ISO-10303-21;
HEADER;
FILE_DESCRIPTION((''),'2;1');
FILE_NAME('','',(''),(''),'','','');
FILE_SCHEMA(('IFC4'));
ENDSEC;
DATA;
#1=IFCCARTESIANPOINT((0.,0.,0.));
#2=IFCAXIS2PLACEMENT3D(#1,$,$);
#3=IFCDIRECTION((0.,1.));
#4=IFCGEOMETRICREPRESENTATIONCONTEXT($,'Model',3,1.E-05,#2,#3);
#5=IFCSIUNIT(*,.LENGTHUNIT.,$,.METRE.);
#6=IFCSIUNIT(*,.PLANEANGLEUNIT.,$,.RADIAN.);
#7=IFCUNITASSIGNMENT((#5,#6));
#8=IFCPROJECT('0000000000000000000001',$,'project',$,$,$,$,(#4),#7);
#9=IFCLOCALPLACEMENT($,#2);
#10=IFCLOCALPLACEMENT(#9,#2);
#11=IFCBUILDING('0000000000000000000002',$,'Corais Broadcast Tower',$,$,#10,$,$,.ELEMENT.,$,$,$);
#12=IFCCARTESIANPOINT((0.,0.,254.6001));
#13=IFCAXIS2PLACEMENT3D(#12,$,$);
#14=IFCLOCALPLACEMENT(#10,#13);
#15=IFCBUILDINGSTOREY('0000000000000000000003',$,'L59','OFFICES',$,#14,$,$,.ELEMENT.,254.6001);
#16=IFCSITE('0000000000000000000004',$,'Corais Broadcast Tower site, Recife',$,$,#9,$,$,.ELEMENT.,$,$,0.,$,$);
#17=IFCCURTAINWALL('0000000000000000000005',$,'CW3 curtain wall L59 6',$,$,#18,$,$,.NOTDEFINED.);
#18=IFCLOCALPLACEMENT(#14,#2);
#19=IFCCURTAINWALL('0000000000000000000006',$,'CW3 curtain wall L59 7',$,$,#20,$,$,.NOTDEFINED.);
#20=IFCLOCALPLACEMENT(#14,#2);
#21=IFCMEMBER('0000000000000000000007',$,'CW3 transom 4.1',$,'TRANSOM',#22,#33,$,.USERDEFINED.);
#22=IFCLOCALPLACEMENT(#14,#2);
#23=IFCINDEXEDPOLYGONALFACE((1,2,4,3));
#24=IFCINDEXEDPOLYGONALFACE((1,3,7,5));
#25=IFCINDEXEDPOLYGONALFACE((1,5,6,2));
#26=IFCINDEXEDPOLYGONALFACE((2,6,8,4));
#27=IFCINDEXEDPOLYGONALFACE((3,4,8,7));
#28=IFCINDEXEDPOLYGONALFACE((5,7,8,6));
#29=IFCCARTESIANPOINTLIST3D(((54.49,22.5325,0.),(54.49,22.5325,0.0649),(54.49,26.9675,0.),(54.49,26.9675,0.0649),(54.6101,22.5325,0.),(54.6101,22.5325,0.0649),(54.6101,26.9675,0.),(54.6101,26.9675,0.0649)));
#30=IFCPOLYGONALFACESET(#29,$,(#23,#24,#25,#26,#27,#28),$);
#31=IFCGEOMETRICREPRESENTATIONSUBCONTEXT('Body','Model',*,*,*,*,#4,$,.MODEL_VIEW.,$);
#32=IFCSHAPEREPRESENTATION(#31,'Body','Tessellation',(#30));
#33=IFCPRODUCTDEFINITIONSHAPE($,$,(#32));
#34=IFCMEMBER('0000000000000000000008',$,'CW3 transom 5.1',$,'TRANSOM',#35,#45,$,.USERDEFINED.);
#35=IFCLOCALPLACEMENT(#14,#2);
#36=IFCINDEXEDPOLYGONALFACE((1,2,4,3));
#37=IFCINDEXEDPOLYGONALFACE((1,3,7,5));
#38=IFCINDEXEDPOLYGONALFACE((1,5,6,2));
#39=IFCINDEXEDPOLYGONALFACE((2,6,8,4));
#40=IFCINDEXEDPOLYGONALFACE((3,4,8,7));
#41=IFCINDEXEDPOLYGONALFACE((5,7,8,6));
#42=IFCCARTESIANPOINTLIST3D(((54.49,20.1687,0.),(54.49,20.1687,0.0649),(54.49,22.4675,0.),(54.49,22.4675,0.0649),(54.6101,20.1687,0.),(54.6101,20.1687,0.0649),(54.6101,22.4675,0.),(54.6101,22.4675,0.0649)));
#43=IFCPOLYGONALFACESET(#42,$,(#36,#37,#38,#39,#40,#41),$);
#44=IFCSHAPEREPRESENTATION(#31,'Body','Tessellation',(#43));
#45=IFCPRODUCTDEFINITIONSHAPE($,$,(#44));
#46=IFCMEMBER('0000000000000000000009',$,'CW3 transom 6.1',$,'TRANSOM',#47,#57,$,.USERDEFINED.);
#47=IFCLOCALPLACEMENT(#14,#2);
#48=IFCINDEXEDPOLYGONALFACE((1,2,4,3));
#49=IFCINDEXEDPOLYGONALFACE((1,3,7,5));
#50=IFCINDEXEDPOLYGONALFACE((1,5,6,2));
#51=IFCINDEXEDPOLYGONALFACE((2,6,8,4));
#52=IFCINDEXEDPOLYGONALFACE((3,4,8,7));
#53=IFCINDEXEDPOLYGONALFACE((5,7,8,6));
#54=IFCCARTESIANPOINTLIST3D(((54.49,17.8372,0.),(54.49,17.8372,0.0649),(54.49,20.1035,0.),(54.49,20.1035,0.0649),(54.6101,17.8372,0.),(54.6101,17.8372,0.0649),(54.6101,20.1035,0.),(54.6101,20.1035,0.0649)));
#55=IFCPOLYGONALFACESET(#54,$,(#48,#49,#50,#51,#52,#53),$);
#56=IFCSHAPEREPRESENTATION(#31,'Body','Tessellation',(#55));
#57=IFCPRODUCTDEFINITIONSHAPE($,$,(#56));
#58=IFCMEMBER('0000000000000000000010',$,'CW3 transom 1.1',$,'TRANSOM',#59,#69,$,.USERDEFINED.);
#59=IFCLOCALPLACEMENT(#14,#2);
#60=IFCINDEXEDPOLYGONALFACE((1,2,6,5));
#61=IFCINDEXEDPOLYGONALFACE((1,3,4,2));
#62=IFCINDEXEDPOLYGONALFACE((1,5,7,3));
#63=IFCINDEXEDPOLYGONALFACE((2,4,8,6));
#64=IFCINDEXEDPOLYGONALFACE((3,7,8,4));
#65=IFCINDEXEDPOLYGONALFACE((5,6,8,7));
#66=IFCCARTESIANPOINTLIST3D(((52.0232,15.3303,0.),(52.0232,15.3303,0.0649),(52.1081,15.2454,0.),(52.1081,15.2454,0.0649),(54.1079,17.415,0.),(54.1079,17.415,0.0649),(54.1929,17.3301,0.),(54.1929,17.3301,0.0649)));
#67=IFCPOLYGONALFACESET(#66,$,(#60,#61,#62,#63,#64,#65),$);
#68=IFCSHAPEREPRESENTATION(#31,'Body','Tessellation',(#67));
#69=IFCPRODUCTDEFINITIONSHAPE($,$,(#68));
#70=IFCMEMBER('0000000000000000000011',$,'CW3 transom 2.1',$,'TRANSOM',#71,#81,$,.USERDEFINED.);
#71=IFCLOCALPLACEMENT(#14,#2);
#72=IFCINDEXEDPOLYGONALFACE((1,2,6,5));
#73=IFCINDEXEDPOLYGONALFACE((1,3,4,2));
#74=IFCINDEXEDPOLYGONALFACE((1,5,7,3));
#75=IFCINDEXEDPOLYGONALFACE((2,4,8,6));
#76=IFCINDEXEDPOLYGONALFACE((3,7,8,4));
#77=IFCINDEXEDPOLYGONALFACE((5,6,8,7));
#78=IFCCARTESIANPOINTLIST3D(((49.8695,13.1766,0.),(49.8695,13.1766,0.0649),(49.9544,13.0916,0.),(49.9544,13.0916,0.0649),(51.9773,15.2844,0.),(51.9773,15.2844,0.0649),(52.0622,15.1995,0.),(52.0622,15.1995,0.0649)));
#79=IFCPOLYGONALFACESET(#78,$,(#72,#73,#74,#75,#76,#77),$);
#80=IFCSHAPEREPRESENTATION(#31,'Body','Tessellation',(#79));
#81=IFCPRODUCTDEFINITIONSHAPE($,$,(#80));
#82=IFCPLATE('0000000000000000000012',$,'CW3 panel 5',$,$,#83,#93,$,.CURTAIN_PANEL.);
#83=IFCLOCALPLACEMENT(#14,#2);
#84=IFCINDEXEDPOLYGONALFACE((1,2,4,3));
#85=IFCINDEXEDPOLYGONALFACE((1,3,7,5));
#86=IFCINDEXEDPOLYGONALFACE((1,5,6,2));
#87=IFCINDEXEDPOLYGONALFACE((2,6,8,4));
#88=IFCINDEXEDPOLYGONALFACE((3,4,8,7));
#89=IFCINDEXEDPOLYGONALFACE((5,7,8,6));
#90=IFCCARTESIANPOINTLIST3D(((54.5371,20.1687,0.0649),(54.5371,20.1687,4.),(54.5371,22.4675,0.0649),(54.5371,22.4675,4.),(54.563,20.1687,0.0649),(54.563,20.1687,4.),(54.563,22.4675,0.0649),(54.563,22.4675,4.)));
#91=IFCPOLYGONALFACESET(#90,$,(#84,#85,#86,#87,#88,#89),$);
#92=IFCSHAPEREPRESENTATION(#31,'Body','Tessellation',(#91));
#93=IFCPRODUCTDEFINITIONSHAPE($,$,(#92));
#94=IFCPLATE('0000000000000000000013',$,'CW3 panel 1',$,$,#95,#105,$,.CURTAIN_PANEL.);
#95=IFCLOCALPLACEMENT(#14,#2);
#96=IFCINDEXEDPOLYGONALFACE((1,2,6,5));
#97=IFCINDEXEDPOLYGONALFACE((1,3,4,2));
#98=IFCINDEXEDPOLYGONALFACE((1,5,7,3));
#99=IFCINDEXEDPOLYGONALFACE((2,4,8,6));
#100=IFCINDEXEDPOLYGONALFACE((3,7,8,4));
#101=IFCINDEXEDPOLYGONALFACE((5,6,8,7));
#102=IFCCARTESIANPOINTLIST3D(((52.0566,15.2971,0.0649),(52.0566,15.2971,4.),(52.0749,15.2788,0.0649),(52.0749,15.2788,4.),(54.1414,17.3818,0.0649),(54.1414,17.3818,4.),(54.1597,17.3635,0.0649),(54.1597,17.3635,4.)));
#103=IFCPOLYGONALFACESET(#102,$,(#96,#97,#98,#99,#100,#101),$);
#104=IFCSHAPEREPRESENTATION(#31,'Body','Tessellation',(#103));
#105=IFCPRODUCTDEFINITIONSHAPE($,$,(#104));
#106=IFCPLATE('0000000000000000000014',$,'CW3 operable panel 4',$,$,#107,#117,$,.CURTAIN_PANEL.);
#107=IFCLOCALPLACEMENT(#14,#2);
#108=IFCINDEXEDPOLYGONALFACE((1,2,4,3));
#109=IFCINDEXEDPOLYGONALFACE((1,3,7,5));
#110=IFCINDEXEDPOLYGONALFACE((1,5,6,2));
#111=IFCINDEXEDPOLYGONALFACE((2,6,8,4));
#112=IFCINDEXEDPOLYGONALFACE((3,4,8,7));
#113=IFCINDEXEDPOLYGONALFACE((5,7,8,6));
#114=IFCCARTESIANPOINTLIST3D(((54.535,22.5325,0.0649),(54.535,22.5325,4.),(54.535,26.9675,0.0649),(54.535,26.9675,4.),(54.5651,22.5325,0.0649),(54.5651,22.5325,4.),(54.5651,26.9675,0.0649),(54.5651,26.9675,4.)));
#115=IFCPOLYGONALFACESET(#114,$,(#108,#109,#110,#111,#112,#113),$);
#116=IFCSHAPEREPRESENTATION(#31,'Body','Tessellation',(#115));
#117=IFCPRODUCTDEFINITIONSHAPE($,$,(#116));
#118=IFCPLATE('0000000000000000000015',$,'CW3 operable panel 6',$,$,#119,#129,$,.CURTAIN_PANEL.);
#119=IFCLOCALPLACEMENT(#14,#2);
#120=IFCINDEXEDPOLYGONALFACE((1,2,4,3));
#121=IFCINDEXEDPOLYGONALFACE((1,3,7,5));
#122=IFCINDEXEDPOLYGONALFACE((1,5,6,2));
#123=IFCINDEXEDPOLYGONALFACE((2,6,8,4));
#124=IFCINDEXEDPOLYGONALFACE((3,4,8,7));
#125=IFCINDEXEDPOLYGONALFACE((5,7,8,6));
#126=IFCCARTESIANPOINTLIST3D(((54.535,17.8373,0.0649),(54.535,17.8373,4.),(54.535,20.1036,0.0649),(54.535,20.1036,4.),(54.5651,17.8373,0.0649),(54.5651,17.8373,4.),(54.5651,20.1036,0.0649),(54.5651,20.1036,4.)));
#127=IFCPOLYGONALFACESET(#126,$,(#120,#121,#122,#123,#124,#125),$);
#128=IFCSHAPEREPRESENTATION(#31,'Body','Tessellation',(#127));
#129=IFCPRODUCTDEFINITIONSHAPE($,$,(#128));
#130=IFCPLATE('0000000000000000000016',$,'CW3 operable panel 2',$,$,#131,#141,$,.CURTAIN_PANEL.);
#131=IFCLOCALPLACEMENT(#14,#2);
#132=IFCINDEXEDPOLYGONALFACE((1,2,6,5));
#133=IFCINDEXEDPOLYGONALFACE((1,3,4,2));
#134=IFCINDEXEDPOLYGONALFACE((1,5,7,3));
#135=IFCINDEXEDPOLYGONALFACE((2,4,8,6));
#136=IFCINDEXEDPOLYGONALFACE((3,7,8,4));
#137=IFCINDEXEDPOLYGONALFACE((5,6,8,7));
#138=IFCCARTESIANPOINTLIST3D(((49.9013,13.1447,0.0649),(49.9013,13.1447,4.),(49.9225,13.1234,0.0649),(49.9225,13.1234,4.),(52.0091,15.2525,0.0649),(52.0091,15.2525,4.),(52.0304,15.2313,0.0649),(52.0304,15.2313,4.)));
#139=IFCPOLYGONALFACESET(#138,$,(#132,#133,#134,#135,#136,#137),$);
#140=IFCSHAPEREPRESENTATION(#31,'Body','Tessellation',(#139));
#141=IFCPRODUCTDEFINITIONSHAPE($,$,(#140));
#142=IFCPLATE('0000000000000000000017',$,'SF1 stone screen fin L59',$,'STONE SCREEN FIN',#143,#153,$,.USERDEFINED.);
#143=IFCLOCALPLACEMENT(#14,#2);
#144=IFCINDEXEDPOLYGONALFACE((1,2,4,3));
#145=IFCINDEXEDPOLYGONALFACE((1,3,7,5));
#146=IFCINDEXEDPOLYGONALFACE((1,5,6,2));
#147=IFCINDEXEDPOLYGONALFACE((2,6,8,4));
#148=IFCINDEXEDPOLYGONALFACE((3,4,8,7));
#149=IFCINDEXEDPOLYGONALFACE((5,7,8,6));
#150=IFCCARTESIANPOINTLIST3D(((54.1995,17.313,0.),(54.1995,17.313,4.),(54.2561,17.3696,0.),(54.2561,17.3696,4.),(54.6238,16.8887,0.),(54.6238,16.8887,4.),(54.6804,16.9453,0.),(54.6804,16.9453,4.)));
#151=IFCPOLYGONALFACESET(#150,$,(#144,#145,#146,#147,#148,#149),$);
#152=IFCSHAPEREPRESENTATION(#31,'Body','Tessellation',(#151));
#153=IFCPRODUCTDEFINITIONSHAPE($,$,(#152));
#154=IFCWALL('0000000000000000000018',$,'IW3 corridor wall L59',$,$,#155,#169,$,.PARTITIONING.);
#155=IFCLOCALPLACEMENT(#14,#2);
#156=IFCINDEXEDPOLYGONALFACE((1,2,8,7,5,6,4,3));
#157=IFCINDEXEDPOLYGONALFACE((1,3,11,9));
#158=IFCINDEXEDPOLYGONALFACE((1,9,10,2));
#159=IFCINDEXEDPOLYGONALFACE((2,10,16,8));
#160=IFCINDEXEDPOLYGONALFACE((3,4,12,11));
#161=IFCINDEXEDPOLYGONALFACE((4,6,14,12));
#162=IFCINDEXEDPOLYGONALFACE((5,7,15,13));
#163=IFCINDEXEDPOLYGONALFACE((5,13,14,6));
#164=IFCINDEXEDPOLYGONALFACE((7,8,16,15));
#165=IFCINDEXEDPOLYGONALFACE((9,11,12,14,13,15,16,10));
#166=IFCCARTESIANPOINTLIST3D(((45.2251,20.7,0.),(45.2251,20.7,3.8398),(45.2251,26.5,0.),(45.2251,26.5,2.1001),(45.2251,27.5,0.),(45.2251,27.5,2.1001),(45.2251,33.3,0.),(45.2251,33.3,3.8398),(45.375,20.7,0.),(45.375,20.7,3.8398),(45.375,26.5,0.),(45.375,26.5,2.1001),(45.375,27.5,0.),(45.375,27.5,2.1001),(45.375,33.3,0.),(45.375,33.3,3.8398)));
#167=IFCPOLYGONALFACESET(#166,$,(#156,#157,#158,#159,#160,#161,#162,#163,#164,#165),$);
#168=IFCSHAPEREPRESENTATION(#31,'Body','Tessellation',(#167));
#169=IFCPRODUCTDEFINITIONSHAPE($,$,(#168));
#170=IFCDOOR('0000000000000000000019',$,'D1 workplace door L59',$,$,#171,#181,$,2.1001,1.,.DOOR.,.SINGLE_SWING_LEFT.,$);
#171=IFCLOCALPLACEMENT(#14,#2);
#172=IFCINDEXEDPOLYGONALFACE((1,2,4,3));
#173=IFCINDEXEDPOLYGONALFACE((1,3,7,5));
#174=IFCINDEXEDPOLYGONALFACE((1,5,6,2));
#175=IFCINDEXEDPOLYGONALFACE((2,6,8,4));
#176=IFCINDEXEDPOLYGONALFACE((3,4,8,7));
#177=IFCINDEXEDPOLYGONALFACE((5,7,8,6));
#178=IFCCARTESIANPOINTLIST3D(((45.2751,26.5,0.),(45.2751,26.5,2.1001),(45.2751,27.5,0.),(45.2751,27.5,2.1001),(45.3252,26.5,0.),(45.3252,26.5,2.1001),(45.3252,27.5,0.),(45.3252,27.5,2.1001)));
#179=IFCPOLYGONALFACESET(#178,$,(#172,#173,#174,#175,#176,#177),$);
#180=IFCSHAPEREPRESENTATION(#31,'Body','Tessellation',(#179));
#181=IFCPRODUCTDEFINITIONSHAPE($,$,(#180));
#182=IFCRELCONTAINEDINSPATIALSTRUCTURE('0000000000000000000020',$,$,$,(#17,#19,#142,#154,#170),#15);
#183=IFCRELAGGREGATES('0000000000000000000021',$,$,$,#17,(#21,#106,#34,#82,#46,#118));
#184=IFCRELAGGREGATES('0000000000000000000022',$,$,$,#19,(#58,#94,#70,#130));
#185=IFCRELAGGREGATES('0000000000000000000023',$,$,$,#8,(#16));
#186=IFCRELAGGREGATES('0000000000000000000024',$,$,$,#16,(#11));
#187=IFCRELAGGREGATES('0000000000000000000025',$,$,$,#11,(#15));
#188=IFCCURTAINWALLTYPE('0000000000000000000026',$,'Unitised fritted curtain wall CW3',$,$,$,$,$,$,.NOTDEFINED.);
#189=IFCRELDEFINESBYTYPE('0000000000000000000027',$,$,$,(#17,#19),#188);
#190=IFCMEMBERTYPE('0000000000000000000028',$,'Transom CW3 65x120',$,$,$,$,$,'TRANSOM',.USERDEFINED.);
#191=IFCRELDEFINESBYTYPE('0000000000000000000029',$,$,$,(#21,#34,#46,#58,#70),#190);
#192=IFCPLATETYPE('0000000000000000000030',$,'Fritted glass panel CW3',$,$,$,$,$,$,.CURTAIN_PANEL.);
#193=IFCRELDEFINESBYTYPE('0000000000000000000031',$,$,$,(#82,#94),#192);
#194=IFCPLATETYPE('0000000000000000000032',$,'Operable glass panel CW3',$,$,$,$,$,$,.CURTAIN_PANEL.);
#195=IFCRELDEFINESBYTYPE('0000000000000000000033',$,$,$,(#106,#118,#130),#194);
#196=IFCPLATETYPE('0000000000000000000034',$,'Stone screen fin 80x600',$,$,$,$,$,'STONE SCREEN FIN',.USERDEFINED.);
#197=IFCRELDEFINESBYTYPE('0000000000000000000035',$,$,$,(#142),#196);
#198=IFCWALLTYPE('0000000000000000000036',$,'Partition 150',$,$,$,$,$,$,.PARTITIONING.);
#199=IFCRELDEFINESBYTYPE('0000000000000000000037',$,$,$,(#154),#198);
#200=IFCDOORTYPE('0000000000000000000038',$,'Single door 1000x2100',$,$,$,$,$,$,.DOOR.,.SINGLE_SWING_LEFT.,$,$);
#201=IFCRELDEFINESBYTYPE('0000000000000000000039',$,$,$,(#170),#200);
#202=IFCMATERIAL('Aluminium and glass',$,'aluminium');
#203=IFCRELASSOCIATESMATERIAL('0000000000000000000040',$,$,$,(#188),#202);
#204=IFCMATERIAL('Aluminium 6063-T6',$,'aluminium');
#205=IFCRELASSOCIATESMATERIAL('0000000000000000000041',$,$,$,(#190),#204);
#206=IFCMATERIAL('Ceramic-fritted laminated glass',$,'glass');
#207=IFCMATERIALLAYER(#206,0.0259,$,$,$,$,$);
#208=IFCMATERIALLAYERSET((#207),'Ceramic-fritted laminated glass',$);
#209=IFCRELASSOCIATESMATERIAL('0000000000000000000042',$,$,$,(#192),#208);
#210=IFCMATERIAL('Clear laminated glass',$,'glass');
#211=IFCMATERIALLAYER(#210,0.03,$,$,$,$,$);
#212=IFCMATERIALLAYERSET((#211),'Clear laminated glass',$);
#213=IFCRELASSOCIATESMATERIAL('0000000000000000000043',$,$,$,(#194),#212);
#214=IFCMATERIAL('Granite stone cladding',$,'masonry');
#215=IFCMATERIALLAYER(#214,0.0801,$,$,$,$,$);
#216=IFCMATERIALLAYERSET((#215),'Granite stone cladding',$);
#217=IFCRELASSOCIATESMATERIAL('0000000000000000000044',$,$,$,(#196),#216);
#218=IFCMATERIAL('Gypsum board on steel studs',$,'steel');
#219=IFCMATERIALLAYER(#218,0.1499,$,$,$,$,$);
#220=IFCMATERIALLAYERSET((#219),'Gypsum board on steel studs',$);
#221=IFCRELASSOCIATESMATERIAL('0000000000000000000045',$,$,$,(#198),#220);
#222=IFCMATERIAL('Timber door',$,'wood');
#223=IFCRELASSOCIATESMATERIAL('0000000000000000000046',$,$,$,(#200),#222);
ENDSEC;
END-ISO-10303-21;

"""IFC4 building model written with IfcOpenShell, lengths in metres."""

from ifc_helpers import new_model, si_unit, direction, frame, frame_2d, origin, origin_2d, place, context, subcontext, project, spatial, rectangle, extrude, material, layer, layer_set, material_profile, profile_set, type_object, element, fill, aggregate, save


model = new_model("IFC4")

# Units and contexts
model_context = context("Model", 3, precision=1e-05, world=origin(), true_north=direction((0.0, 1.0)))
body_context = subcontext(model_context, "Body", "Model", "MODEL_VIEW")
ifc_project = project(units=[si_unit("LENGTHUNIT", "METRE"), si_unit("PLANEANGLEUNIT", "RADIAN")], contexts=[model_context])

# Site, building, storey
site_placement = place(None, origin())
site = spatial("IfcSite", under=ifc_project, at=site_placement, Name="Corais Broadcast Tower site, Recife", CompositionType="ELEMENT", RefElevation=0.0)
building_placement = place(site_placement, origin())
building = spatial("IfcBuilding", under=site, at=building_placement, Name="Corais Broadcast Tower", CompositionType="ELEMENT")
storey_placement = place(building_placement, frame((0.0, 0.0, 254.6001)))
storey = spatial("IfcBuildingStorey", under=building, at=storey_placement, Name="L59", Description="OFFICES", CompositionType="ELEMENT", Elevation=254.6001)

# Curtain walls
ifc_material_1 = material(Name="Aluminium and glass", Category="aluminium")
curtain_wall_type = type_object("IfcCurtainWallType", Name="Unitised fritted curtain wall CW3", PredefinedType="NOTDEFINED", material=ifc_material_1)
curtain_wall_1_placement = place(storey_placement, origin())
curtain_wall_1 = element("IfcCurtainWall", 1, at=curtain_wall_1_placement, inside=storey, type_object=curtain_wall_type, Name="CW3 curtain wall L59 6", PredefinedType="NOTDEFINED")
curtain_wall_2_placement = place(storey_placement, origin())
curtain_wall_2 = element("IfcCurtainWall", 2, at=curtain_wall_2_placement, inside=storey, type_object=curtain_wall_type, Name="CW3 curtain wall L59 7", PredefinedType="NOTDEFINED")

# Members
ifc_material_2 = material(Name="Aluminium 6063-T6", Category="aluminium")
ifc_material_profile_1 = material_profile(ifc_material_2, rectangle(XDim=0.1201, YDim=0.0649, at=origin_2d()), Name="Transom CW3 65x120")
ifc_profile_set_1 = profile_set([ifc_material_profile_1], Name="Aluminium 6063-T6")
member_type_1 = type_object("IfcMemberType", Name="Transom CW3 65x120", ElementType="TRANSOM", PredefinedType="USERDEFINED", material=ifc_profile_set_1)
member_1_placement = place(storey_placement, frame((54.55, 26.9675, 0.0325), z_axis=(0.0, -1.0, 0.0), x_axis=(1.0, 0.0, 0.0)))
member_1 = element("IfcMember", 3, at=member_1_placement, type_object=member_type_1, Name="CW3 transom 4.1", ObjectType="TRANSOM", PredefinedType="USERDEFINED", context=body_context, shape_type="SweptSolid", body=[
    extrude(rectangle(XDim=0.1201, YDim=0.0649, at=origin_2d()), origin(), (0.0, 0.0, 1.0), 4.4351),
])
member_2_placement = place(storey_placement, frame((54.55, 22.4675, 0.0325), z_axis=(0.0, -1.0, 0.0), x_axis=(1.0, 0.0, 0.0)))
member_2 = element("IfcMember", 4, at=member_2_placement, type_object=member_type_1, Name="CW3 transom 5.1", ObjectType="TRANSOM", PredefinedType="USERDEFINED", context=body_context, shape_type="SweptSolid", body=[
    extrude(rectangle(XDim=0.1201, YDim=0.0649, at=origin_2d()), origin(), (0.0, 0.0, 1.0), 2.2988),
])
member_3_placement = place(storey_placement, frame((54.55, 20.1035, 0.0325), z_axis=(0.0, -1.0, 0.0), x_axis=(1.0, 0.0, 0.0)))
member_3 = element("IfcMember", 5, at=member_3_placement, type_object=member_type_1, Name="CW3 transom 6.1", ObjectType="TRANSOM", PredefinedType="USERDEFINED", context=body_context, shape_type="SweptSolid", body=[
    extrude(rectangle(XDim=0.1201, YDim=0.0649, at=origin_2d()), origin(), (0.0, 0.0, 1.0), 2.2664),
])
member_4_placement = place(storey_placement, frame((54.1504, 17.3726, 0.0325), z_axis=(-0.707107, -0.707107, 0.0), x_axis=(0.707107, -0.707107, 0.0)))
member_4 = element("IfcMember", 6, at=member_4_placement, type_object=member_type_1, Name="CW3 transom 1.1", ObjectType="TRANSOM", PredefinedType="USERDEFINED", context=body_context, shape_type="SweptSolid", body=[
    extrude(rectangle(XDim=0.1201, YDim=0.0649, at=origin_2d()), origin(), (0.0, 0.0, 1.0), 2.9482),
])
member_5_placement = place(storey_placement, frame((52.0198, 15.2419, 0.0325), z_axis=(-0.707107, -0.707107, 0.0), x_axis=(0.707107, -0.707107, 0.0)))
member_5 = element("IfcMember", 7, at=member_5_placement, type_object=member_type_1, Name="CW3 transom 2.1", ObjectType="TRANSOM", PredefinedType="USERDEFINED", context=body_context, shape_type="SweptSolid", body=[
    extrude(rectangle(XDim=0.1201, YDim=0.0649, at=origin_2d()), origin(), (0.0, 0.0, 1.0), 2.981),
])

# Plates
ifc_material_3 = material(Name="Ceramic-fritted laminated glass", Category="glass")
ifc_layer_1 = layer(ifc_material_3, 0.0259)
ifc_layer_set_1 = layer_set([ifc_layer_1], Name="Ceramic-fritted laminated glass")
plate_type_1 = type_object("IfcPlateType", Name="Fritted glass panel CW3", PredefinedType="CURTAIN_PANEL", material=ifc_layer_set_1)
plate_1_placement = place(storey_placement, frame((54.55, 21.3181, 0.0649), z_axis=(0.0, 0.0, 1.0), x_axis=(0.0, -1.0, 0.0)))
plate_1 = element("IfcPlate", 8, at=plate_1_placement, type_object=plate_type_1, Name="CW3 panel 5", PredefinedType="CURTAIN_PANEL", context=body_context, shape_type="SweptSolid", body=[
    extrude(rectangle(XDim=2.2988, YDim=0.0259, at=origin_2d()), origin(), (0.0, 0.0, 1.0), 3.9351),
])
plate_2_placement = place(storey_placement, frame((53.1082, 16.3303, 0.0649), z_axis=(0.0, 0.0, 1.0), x_axis=(-0.707107, -0.707107, 0.0)))
plate_2 = element("IfcPlate", 9, at=plate_2_placement, type_object=plate_type_1, Name="CW3 panel 1", PredefinedType="CURTAIN_PANEL", context=body_context, shape_type="SweptSolid", body=[
    extrude(rectangle(XDim=2.9482, YDim=0.0259, at=origin_2d()), origin(), (0.0, 0.0, 1.0), 3.9351),
])
ifc_material_4 = material(Name="Clear laminated glass", Category="glass")
ifc_layer_2 = layer(ifc_material_4, 0.03)
ifc_layer_set_2 = layer_set([ifc_layer_2], Name="Clear laminated glass")
plate_type_2 = type_object("IfcPlateType", Name="Operable glass panel CW3", PredefinedType="CURTAIN_PANEL", material=ifc_layer_set_2)
plate_3_placement = place(storey_placement, frame((54.55, 24.75, 0.0649), z_axis=(0.0, 0.0, 1.0), x_axis=(0.0, -1.0, 0.0)))
plate_3 = element("IfcPlate", 10, at=plate_3_placement, type_object=plate_type_2, Name="CW3 operable panel 4", PredefinedType="CURTAIN_PANEL", context=body_context, shape_type="SweptSolid", body=[
    extrude(rectangle(XDim=4.4351, YDim=0.03, at=origin_2d()), origin(), (0.0, 0.0, 1.0), 3.9351),
])
plate_4_placement = place(storey_placement, frame((54.55, 18.9705, 0.0649), z_axis=(0.0, 0.0, 1.0), x_axis=(0.0, -1.0, 0.0)))
plate_4 = element("IfcPlate", 11, at=plate_4_placement, type_object=plate_type_2, Name="CW3 operable panel 6", PredefinedType="CURTAIN_PANEL", context=body_context, shape_type="SweptSolid", body=[
    extrude(rectangle(XDim=2.2664, YDim=0.03, at=origin_2d()), origin(), (0.0, 0.0, 1.0), 3.9351),
])
aggregate(curtain_wall_1, [member_1, plate_3, member_2, plate_1, member_3, plate_4])
plate_5_placement = place(storey_placement, frame((50.9658, 14.188, 0.0649), z_axis=(0.0, 0.0, 1.0), x_axis=(-0.707107, -0.707107, 0.0)))
plate_5 = element("IfcPlate", 12, at=plate_5_placement, type_object=plate_type_2, Name="CW3 operable panel 2", PredefinedType="CURTAIN_PANEL", context=body_context, shape_type="SweptSolid", body=[
    extrude(rectangle(XDim=2.981, YDim=0.03, at=origin_2d()), origin(), (0.0, 0.0, 1.0), 3.9351),
])
aggregate(curtain_wall_2, [member_4, plate_2, member_5, plate_5])
ifc_material_5 = material(Name="Granite stone cladding", Category="masonry")
ifc_layer_3 = layer(ifc_material_5, 0.0801)
ifc_layer_set_3 = layer_set([ifc_layer_3], Name="Granite stone cladding")
plate_type_3 = type_object("IfcPlateType", Name="Stone screen fin 80x600", ElementType="STONE SCREEN FIN", PredefinedType="USERDEFINED", material=ifc_layer_set_3)
plate_6_placement = place(storey_placement, frame((54.4399, 17.1292, 0.0), z_axis=(0.0, 0.0, 1.0), x_axis=(-0.707107, -0.707107, 0.0)))
element("IfcPlate", 13, at=plate_6_placement, inside=storey, type_object=plate_type_3, Name="SF1 stone screen fin L59", ObjectType="STONE SCREEN FIN", PredefinedType="USERDEFINED", context=body_context, shape_type="SweptSolid", body=[
    extrude(rectangle(XDim=0.0801, YDim=0.6001, at=origin_2d()), origin(), (0.0, 0.0, 1.0), 4.0),
])

# Wall, opening, door
ifc_material_6 = material(Name="Gypsum board on steel studs", Category="steel")
ifc_layer_4 = layer(ifc_material_6, 0.1499)
ifc_layer_set_4 = layer_set([ifc_layer_4], Name="Gypsum board on steel studs")
wall_type = type_object("IfcWallType", Name="Partition 150", PredefinedType="PARTITIONING", material=ifc_layer_set_4)
wall_1_placement = place(storey_placement, frame((45.3, 20.7, 0.0), z_axis=(0.0, 0.0, 1.0), x_axis=(0.0, 1.0, 0.0)))
wall_1 = element("IfcWall", 14, at=wall_1_placement, inside=storey, type_object=wall_type, Name="IW3 corridor wall L59", PredefinedType="PARTITIONING", context=body_context, shape_type="SweptSolid", body=[
    extrude(rectangle(XDim=12.6001, YDim=0.1499, at=frame_2d((6.3, 0.0))), origin(), (0.0, 0.0, 1.0), 3.8398),
])
opening_placement = place(wall_1_placement, frame((5.8, 0.0, 0.0)))
opening = element("IfcOpeningElement", 15, at=opening_placement, cuts=wall_1, PredefinedType="OPENING", context=body_context, shape_type="SweptSolid", body=[
    extrude(rectangle(XDim=1.0, YDim=2.1001, at=frame_2d((0.5, 1.05))), frame((0.0, 0.085, 0.0), z_axis=(0.0, -1.0, 0.0), x_axis=(1.0, 0.0, 0.0)), (0.0, 0.0, 1.0), 0.1699),
])
ifc_material_7 = material(Name="Timber door", Category="wood")
door_type = type_object("IfcDoorType", Name="Single door 1000x2100", OperationType="SINGLE_SWING_LEFT", PredefinedType="DOOR", material=ifc_material_7)
door_placement = place(opening_placement, origin())
door = element("IfcDoor", 16, at=door_placement, inside=storey, type_object=door_type, Name="D1 workplace door L59", OperationType="SINGLE_SWING_LEFT", OverallHeight=2.1001, OverallWidth=1.0, PredefinedType="DOOR", context=body_context, shape_type="SweptSolid", body=[
    extrude(rectangle(XDim=1.0, YDim=2.1001, at=frame_2d((0.5, 1.05))), frame((0.0, 0.0249, 0.0), z_axis=(0.0, -1.0, 0.0), x_axis=(1.0, 0.0, 0.0)), (0.0, 0.0, 1.0), 0.05),
])
fill(opening, door)

save(model, "model.ifc")
